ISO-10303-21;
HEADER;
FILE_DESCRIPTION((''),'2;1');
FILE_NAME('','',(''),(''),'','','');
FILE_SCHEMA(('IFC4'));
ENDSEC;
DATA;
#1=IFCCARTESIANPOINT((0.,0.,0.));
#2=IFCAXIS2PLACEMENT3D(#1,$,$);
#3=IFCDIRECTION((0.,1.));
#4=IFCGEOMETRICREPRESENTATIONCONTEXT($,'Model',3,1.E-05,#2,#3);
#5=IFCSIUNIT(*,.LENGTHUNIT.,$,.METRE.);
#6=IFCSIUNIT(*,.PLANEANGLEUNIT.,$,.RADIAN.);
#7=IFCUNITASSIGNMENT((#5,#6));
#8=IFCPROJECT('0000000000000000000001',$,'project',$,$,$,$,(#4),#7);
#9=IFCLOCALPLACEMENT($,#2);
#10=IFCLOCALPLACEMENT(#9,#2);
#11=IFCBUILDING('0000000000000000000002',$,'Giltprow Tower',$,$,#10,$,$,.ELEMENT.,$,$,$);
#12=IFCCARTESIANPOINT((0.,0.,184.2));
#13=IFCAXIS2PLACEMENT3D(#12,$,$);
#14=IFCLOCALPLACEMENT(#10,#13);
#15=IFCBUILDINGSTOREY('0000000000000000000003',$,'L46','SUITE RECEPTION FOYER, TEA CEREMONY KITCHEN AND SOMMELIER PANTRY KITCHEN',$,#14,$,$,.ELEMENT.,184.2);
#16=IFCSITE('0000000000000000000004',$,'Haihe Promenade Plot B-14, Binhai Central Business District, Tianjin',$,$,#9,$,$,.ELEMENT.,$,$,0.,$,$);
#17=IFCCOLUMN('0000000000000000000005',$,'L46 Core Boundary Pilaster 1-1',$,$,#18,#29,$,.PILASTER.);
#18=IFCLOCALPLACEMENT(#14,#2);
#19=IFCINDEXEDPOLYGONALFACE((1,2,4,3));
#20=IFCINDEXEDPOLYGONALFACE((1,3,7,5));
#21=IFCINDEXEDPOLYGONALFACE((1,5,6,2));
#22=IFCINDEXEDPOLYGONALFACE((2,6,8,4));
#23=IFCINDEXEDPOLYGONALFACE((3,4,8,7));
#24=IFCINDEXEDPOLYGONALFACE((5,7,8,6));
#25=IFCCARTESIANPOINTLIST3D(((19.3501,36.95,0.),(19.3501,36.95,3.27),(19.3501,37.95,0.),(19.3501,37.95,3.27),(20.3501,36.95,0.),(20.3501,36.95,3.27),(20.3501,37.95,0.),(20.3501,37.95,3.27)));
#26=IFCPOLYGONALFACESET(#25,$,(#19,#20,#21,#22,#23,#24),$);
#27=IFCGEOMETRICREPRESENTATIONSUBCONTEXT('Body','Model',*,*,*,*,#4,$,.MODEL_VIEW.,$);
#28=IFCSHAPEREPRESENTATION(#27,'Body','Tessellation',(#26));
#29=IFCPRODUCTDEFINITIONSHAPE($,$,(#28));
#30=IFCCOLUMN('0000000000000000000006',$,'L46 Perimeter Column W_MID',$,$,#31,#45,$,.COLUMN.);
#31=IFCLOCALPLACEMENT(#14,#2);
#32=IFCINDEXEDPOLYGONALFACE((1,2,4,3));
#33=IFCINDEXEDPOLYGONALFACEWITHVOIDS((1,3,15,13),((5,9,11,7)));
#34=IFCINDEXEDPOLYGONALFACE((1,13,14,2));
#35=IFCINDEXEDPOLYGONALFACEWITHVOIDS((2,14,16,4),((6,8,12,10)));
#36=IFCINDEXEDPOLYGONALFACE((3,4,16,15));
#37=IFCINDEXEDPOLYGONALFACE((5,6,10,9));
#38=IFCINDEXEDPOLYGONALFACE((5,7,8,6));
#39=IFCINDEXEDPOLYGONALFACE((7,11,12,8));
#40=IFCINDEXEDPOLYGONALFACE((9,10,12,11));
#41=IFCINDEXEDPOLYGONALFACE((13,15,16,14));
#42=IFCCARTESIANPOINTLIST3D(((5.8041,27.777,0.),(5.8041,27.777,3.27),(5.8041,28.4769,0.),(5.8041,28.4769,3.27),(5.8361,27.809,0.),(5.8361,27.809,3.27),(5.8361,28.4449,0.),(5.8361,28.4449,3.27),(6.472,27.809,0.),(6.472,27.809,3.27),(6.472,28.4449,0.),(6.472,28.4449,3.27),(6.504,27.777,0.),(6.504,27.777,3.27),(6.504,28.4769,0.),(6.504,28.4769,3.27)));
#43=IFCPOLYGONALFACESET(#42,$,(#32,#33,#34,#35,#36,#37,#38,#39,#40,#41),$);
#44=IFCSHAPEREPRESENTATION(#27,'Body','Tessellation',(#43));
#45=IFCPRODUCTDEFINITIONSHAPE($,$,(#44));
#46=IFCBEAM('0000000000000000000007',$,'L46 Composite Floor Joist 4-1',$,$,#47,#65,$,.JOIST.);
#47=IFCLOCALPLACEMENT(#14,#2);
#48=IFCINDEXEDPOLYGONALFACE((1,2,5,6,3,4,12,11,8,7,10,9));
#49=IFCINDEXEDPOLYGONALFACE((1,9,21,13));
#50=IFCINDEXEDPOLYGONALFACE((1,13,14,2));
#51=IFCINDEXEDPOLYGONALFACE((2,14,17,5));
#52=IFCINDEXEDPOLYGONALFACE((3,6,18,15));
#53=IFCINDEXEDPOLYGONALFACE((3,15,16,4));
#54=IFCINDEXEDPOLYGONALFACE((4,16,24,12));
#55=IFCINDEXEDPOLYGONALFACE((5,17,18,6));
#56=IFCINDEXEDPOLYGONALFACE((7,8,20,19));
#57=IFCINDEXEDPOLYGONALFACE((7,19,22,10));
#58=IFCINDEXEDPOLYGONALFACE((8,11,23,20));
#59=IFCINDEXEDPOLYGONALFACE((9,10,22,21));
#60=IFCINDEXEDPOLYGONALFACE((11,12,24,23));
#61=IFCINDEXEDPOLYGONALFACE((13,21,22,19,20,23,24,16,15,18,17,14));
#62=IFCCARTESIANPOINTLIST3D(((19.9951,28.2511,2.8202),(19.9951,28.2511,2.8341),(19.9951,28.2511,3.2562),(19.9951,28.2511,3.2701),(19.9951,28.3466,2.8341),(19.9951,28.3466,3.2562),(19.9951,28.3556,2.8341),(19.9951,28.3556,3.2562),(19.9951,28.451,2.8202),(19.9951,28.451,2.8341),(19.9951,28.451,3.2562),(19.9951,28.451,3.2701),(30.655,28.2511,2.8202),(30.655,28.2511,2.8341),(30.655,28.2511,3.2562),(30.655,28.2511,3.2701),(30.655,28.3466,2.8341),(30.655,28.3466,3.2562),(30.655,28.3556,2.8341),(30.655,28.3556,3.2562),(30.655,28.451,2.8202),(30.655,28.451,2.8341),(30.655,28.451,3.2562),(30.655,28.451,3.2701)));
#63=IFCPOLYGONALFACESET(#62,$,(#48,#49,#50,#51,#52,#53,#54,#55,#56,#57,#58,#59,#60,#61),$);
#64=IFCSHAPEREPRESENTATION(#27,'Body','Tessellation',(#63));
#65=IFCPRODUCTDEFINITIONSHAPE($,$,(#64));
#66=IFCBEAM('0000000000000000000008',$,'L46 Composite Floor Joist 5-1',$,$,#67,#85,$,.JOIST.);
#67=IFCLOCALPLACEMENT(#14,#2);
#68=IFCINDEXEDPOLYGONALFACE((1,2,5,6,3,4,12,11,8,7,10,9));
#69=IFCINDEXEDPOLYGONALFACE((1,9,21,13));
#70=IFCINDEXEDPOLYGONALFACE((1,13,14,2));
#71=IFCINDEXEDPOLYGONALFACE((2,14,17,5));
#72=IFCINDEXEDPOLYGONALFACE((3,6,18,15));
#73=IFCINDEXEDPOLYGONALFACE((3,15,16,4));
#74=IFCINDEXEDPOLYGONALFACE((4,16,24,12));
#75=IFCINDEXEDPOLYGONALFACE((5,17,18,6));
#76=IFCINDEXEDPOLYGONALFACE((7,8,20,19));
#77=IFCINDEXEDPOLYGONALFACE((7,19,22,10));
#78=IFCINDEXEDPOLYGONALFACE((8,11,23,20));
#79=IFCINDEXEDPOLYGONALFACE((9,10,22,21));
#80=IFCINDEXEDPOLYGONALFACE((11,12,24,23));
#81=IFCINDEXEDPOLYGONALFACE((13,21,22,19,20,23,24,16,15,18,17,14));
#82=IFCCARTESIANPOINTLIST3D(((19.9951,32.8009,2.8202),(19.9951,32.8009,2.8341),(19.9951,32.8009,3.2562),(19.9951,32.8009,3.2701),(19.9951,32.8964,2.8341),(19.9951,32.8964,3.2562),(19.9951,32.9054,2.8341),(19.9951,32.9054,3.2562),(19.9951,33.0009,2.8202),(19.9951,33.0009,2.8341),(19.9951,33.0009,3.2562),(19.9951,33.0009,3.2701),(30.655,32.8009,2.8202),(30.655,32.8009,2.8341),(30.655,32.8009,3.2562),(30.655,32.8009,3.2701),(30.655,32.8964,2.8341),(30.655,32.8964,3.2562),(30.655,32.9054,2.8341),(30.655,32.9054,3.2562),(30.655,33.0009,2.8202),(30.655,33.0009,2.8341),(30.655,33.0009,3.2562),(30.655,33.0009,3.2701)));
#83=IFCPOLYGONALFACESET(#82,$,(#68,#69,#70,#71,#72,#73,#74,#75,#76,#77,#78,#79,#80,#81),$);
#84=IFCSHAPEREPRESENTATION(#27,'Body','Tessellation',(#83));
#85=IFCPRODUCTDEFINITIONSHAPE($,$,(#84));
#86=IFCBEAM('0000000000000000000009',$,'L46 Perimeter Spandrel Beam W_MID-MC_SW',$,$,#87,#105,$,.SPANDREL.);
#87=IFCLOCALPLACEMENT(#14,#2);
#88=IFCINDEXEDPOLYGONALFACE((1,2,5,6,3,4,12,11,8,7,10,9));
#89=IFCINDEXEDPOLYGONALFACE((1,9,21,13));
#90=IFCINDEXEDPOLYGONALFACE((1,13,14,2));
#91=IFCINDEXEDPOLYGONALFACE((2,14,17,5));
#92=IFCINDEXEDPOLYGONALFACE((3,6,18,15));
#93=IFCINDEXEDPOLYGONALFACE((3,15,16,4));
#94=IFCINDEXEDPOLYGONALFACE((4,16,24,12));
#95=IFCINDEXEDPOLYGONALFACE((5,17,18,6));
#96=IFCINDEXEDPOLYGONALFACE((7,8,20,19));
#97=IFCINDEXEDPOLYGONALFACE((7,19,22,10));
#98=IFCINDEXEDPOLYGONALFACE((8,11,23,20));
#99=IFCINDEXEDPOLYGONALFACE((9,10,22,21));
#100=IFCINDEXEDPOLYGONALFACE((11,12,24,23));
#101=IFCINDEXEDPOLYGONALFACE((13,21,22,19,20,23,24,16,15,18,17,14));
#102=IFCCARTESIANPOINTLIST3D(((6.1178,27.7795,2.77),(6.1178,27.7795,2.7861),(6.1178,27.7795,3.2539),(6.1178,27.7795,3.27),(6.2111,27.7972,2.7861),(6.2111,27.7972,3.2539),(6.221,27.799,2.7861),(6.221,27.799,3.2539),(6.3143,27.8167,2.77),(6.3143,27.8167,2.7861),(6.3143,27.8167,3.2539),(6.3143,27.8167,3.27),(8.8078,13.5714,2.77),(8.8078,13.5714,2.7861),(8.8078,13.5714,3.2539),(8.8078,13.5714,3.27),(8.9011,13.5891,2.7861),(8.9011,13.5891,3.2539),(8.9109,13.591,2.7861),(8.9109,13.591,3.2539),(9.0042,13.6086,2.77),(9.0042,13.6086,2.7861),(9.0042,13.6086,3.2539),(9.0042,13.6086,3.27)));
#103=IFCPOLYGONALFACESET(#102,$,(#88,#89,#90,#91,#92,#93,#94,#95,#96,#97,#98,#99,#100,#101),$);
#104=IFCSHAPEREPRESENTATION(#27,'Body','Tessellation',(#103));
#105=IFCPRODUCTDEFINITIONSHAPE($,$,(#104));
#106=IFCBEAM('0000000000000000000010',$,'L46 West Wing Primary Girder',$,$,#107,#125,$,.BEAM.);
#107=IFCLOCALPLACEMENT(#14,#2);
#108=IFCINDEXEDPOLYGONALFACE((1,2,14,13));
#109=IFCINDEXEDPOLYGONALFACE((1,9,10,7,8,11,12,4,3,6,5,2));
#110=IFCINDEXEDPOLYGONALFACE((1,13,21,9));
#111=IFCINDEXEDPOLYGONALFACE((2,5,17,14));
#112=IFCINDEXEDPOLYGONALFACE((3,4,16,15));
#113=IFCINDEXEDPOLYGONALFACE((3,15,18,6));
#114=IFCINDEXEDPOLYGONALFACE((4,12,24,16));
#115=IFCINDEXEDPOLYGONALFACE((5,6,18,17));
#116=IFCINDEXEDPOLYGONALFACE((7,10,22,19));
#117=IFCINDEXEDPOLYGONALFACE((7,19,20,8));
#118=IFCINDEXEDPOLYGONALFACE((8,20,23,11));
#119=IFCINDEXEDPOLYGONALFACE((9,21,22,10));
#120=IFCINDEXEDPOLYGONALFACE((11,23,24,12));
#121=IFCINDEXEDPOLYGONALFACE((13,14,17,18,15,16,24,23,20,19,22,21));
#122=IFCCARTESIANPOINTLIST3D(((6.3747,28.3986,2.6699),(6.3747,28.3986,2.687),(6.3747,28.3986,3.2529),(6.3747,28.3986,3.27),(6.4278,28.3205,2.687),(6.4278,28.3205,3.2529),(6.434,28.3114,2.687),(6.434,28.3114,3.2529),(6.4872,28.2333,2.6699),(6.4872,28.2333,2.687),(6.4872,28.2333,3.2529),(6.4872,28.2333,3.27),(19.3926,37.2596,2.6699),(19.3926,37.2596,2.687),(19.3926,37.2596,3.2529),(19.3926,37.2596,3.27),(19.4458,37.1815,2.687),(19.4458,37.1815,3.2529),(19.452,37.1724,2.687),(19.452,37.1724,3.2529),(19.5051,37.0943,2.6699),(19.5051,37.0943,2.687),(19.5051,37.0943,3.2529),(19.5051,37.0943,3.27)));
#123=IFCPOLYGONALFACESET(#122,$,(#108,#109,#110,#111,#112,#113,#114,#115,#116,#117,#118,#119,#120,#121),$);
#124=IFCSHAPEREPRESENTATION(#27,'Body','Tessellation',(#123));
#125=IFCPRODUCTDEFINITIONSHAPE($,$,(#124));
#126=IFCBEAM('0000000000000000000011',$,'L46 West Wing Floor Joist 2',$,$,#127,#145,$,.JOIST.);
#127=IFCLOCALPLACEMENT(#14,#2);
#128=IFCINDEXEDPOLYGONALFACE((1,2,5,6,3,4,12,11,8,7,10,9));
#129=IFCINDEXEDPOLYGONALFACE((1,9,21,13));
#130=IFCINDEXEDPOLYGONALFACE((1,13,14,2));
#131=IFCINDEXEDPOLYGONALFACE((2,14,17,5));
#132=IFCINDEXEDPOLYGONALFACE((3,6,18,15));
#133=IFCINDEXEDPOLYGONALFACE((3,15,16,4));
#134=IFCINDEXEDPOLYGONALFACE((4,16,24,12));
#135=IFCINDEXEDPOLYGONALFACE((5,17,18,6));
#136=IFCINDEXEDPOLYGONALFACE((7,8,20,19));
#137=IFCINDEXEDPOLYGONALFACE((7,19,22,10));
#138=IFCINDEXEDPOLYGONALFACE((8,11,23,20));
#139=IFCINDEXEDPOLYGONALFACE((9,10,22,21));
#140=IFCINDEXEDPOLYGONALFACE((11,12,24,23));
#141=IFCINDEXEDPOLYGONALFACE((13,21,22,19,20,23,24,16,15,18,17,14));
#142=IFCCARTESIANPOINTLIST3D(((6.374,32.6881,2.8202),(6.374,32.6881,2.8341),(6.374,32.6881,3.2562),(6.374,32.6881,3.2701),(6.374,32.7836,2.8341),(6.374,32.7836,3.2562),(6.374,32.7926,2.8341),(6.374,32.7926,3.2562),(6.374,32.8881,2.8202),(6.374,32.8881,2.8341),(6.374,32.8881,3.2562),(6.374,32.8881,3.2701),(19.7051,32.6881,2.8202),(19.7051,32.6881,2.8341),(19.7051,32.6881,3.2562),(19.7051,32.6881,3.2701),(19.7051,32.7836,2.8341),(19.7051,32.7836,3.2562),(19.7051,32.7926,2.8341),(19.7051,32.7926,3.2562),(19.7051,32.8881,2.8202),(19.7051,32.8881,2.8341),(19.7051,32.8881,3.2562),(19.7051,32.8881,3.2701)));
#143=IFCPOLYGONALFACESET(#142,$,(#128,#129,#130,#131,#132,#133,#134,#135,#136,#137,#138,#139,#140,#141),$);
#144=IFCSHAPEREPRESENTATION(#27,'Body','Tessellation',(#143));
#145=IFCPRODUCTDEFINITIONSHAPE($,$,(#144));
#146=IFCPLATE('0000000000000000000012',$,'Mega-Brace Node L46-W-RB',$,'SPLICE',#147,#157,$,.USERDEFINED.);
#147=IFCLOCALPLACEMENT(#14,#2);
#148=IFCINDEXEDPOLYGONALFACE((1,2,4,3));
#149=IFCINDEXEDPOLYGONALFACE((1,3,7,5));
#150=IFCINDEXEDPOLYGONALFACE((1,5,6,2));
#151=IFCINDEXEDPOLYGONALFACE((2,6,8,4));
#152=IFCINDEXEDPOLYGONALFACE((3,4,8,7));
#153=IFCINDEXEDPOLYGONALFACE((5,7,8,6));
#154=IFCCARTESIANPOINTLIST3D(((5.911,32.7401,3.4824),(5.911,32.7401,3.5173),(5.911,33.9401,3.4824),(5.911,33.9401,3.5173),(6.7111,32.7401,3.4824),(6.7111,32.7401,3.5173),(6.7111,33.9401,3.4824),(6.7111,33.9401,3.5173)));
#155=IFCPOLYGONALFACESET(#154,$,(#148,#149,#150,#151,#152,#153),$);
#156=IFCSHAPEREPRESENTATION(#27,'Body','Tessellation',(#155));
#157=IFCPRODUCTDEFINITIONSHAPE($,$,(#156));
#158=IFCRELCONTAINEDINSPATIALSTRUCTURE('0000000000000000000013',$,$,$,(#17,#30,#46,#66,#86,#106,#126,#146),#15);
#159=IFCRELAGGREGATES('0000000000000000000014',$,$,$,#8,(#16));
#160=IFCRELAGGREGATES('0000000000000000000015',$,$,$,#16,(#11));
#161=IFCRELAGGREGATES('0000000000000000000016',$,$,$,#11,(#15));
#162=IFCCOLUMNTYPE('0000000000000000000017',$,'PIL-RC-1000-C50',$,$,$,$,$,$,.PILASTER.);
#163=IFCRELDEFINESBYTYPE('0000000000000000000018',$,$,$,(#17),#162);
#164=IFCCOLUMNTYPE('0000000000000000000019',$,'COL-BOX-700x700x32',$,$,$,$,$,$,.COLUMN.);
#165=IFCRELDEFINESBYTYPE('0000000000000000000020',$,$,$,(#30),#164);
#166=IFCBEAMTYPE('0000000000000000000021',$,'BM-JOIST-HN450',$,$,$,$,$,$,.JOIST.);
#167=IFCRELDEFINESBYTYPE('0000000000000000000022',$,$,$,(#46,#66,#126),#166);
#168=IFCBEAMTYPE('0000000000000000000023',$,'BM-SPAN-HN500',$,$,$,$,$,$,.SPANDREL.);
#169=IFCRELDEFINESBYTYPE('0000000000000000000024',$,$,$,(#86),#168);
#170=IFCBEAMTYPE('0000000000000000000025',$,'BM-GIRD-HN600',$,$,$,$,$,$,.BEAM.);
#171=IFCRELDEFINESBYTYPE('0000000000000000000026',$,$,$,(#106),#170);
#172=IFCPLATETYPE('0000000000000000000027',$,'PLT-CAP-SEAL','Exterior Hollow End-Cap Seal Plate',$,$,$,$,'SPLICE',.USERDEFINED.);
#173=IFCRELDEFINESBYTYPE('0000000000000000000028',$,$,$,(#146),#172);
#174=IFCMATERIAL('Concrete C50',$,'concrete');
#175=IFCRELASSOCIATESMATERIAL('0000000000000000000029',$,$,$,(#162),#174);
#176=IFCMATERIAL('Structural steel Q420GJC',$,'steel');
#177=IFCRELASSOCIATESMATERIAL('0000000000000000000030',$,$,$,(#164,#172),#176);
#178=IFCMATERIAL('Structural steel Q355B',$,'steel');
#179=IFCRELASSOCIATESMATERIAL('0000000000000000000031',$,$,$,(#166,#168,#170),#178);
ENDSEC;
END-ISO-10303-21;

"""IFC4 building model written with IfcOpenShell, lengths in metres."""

from ifc_helpers import new_model, si_unit, direction, frame, origin, origin_2d, place, context, subcontext, project, spatial, rectangle, hollow_rectangle, i_section, extrude, source, transform, mapped, material, material_profile, profile_set, type_object, element, save


model = new_model("IFC4")

# Units and contexts
model_context = context("Model", 3, precision=1e-05, world=origin(), true_north=direction((0.0, 1.0)))
body_context = subcontext(model_context, "Body", "Model", "MODEL_VIEW")
ifc_project = project(units=[si_unit("LENGTHUNIT", "METRE"), si_unit("PLANEANGLEUNIT", "RADIAN")], contexts=[model_context])

# Site, building, storey
site_placement = place(None, origin())
site = spatial("IfcSite", under=ifc_project, at=site_placement, Name="Haihe Promenade Plot B-14, Binhai Central Business District, Tianjin", CompositionType="ELEMENT", RefElevation=0.0)
building_placement = place(site_placement, origin())
building = spatial("IfcBuilding", under=site, at=building_placement, Name="Giltprow Tower", CompositionType="ELEMENT")
storey_placement = place(building_placement, frame((0.0, 0.0, 184.2)))
storey = spatial("IfcBuildingStorey", under=building, at=storey_placement, Name="L46", Description="SUITE RECEPTION FOYER, TEA CEREMONY KITCHEN AND SOMMELIER PANTRY KITCHEN", CompositionType="ELEMENT", Elevation=184.2)

# Columns
ifc_material_1 = material(Name="Concrete C50", Category="concrete")
ifc_material_profile_1 = material_profile(ifc_material_1, rectangle(XDim=1.0, YDim=1.0, at=origin_2d()), Name="RC 1000x1000")
ifc_profile_set_1 = profile_set([ifc_material_profile_1], Name="Concrete C50")
column_type_1 = type_object("IfcColumnType", Name="PIL-RC-1000-C50", PredefinedType="PILASTER", material=ifc_profile_set_1)
shared_shape_1 = source(origin(), body_context, "Body", "SweptSolid", [
    extrude(rectangle(XDim=1.0, YDim=1.0, at=origin_2d()), origin(), (0.0, 0.0, 1.0), 3.27),
])
column_1_placement = place(storey_placement, frame((19.8501, 37.45, 0.0), z_axis=(0.0, 0.0, 1.0), x_axis=(1.0, 0.0, 0.0)))
element("IfcColumn", 1, at=column_1_placement, inside=storey, type_object=column_type_1, Name="L46 Core Boundary Pilaster 1-1", PredefinedType="PILASTER", context=body_context, shape_type="MappedRepresentation", body=[
    mapped(shared_shape_1, transform((0.0, 0.0, 0.0), x_axis=(1.0, 0.0, 0.0), y_axis=(0.0, 1.0, 0.0), z_axis=(0.0, 0.0, 1.0), scale=1.0)),
])
ifc_material_2 = material(Name="Structural steel Q420GJC", Category="steel")
ifc_material_profile_2 = material_profile(ifc_material_2, hollow_rectangle(XDim=0.7, YDim=0.7, WallThickness=0.032, at=origin_2d()), Name="BOX 700x700x32")
ifc_profile_set_2 = profile_set([ifc_material_profile_2], Name="Structural steel Q420GJC")
column_type_2 = type_object("IfcColumnType", Name="COL-BOX-700x700x32", PredefinedType="COLUMN", material=ifc_profile_set_2)
shared_shape_2 = source(origin(), body_context, "Body", "SweptSolid", [
    extrude(hollow_rectangle(XDim=0.7, YDim=0.7, WallThickness=0.032, at=origin_2d()), origin(), (0.0, 0.0, 1.0), 3.27),
])
column_2_placement = place(storey_placement, frame((6.1541, 28.127, 0.0), z_axis=(0.0, 0.0, 1.0), x_axis=(1.0, 0.0, 0.0)))
element("IfcColumn", 2, at=column_2_placement, inside=storey, type_object=column_type_2, Name="L46 Perimeter Column W_MID", PredefinedType="COLUMN", context=body_context, shape_type="MappedRepresentation", body=[
    mapped(shared_shape_2, transform((0.0, 0.0, 0.0), x_axis=(1.0, 0.0, 0.0), y_axis=(0.0, 1.0, 0.0), z_axis=(0.0, 0.0, 1.0), scale=1.0)),
])

# Beams
ifc_material_3 = material(Name="Structural steel Q355B", Category="steel")
ifc_material_profile_3 = material_profile(ifc_material_3, i_section(OverallWidth=0.2, OverallDepth=0.45, WebThickness=0.009, FlangeThickness=0.0139, at=origin_2d()), Name="HN 450x200x9x14")
ifc_profile_set_3 = profile_set([ifc_material_profile_3], Name="Structural steel Q355B")
beam_type_1 = type_object("IfcBeamType", Name="BM-JOIST-HN450", PredefinedType="JOIST", material=ifc_profile_set_3)
shared_shape_3 = source(origin(), body_context, "Body", "SweptSolid", [
    extrude(i_section(OverallWidth=0.2, OverallDepth=0.45, WebThickness=0.009, FlangeThickness=0.0139, at=origin_2d()), origin(), (0.0, 0.0, 1.0), 10.6599),
])
for number, where, z_axis, x_axis, name in (
    (3, (19.9951, 28.3511, 3.0452), (1.0, 0.0, 0.0), (0.0, 1.0, 0.0), "L46 Composite Floor Joist 4-1"),
    (4, (19.9951, 32.9009, 3.0452), (1.0, 0.0, 0.0), (0.0, 1.0, 0.0), "L46 Composite Floor Joist 5-1"),
):
    element("IfcBeam", number, at=place(storey_placement, frame(where, z_axis=z_axis, x_axis=x_axis)), inside=storey, type_object=beam_type_1, Name=name, PredefinedType="JOIST", context=body_context, shape_type="MappedRepresentation", body=[
        mapped(shared_shape_3, transform((0.0, 0.0, 0.0), x_axis=(1.0, 0.0, 0.0), y_axis=(0.0, 1.0, 0.0), z_axis=(0.0, 0.0, 1.0), scale=1.0)),
    ])
ifc_material_profile_4 = material_profile(ifc_material_3, i_section(OverallWidth=0.2, OverallDepth=0.5, WebThickness=0.01, FlangeThickness=0.0161, at=origin_2d()), Name="HN 500x200x10x16")
ifc_profile_set_4 = profile_set([ifc_material_profile_4], Name="Structural steel Q355B")
beam_type_2 = type_object("IfcBeamType", Name="BM-SPAN-HN500", PredefinedType="SPANDREL", material=ifc_profile_set_4)
shared_shape_4 = source(origin(), body_context, "Body", "SweptSolid", [
    extrude(i_section(OverallWidth=0.2, OverallDepth=0.5, WebThickness=0.01, FlangeThickness=0.0161, at=origin_2d()), origin(), (0.0, 0.0, 1.0), 14.4604),
])
beam_1_placement = place(storey_placement, frame((6.2161, 27.7981, 3.02), z_axis=(0.186021, -0.982546, 0.0), x_axis=(0.982546, 0.186021, 0.0)))
element("IfcBeam", 5, at=beam_1_placement, inside=storey, type_object=beam_type_2, Name="L46 Perimeter Spandrel Beam W_MID-MC_SW", PredefinedType="SPANDREL", context=body_context, shape_type="MappedRepresentation", body=[
    mapped(shared_shape_4, transform((0.0, 0.0, 0.0), x_axis=(1.0, 0.0, 0.0), y_axis=(0.0, 1.0, 0.0), z_axis=(0.0, 0.0, 1.0), scale=1.0)),
])
ifc_material_profile_5 = material_profile(ifc_material_3, i_section(OverallWidth=0.2, OverallDepth=0.6001, WebThickness=0.011, FlangeThickness=0.0171, at=origin_2d()), Name="HN 600x200x11x17")
ifc_profile_set_5 = profile_set([ifc_material_profile_5], Name="Structural steel Q355B")
beam_type_3 = type_object("IfcBeamType", Name="BM-GIRD-HN600", PredefinedType="BEAM", material=ifc_profile_set_5)
shared_shape_5 = source(origin(), body_context, "Body", "SweptSolid", [
    extrude(i_section(OverallWidth=0.2, OverallDepth=0.6001, WebThickness=0.011, FlangeThickness=0.0171, at=origin_2d()), origin(), (0.0, 0.0, 1.0), 15.7476),
])
beam_2_placement = place(storey_placement, frame((6.4309, 28.3159, 2.97), z_axis=(0.826667, 0.562692, 0.0), x_axis=(-0.562692, 0.826667, 0.0)))
element("IfcBeam", 6, at=beam_2_placement, inside=storey, type_object=beam_type_3, Name="L46 West Wing Primary Girder", PredefinedType="BEAM", context=body_context, shape_type="MappedRepresentation", body=[
    mapped(shared_shape_5, transform((0.0, 0.0, 0.0), x_axis=(1.0, 0.0, 0.0), y_axis=(0.0, 1.0, 0.0), z_axis=(0.0, 0.0, 1.0), scale=1.0)),
])
shared_shape_6 = source(origin(), body_context, "Body", "SweptSolid", [
    extrude(i_section(OverallWidth=0.2, OverallDepth=0.45, WebThickness=0.009, FlangeThickness=0.0139, at=origin_2d()), origin(), (0.0, 0.0, 1.0), 13.3311),
])
beam_3_placement = place(storey_placement, frame((6.374, 32.7881, 3.0452), z_axis=(1.0, 0.0, 0.0), x_axis=(0.0, 1.0, 0.0)))
element("IfcBeam", 7, at=beam_3_placement, inside=storey, type_object=beam_type_1, Name="L46 West Wing Floor Joist 2", PredefinedType="JOIST", context=body_context, shape_type="MappedRepresentation", body=[
    mapped(shared_shape_6, transform((0.0, 0.0, 0.0), x_axis=(1.0, 0.0, 0.0), y_axis=(0.0, 1.0, 0.0), z_axis=(0.0, 0.0, 1.0), scale=1.0)),
])

# Plate
plate_type = type_object("IfcPlateType", Name="PLT-CAP-SEAL", Description="Exterior Hollow End-Cap Seal Plate", ElementType="SPLICE", PredefinedType="USERDEFINED", material=ifc_material_2)
shared_shape_7 = source(origin(), body_context, "Body", "SweptSolid", [
    extrude(rectangle(XDim=1.2, YDim=0.8, at=origin_2d()), origin(), (0.0, 0.0, 1.0), 0.0349),
])
plate_placement = place(storey_placement, frame((6.311, 33.3401, 3.4824), z_axis=(0.0, 0.0, 1.0), x_axis=(0.0, 1.0, 0.0)))
element("IfcPlate", 8, at=plate_placement, inside=storey, type_object=plate_type, Name="Mega-Brace Node L46-W-RB", ObjectType="SPLICE", PredefinedType="USERDEFINED", context=body_context, shape_type="MappedRepresentation", body=[
    mapped(shared_shape_7, transform((0.0, 0.0, 0.0), x_axis=(1.0, 0.0, 0.0), y_axis=(0.0, 1.0, 0.0), z_axis=(0.0, 0.0, 1.0), scale=1.0)),
])

save(model, "model.ifc")
